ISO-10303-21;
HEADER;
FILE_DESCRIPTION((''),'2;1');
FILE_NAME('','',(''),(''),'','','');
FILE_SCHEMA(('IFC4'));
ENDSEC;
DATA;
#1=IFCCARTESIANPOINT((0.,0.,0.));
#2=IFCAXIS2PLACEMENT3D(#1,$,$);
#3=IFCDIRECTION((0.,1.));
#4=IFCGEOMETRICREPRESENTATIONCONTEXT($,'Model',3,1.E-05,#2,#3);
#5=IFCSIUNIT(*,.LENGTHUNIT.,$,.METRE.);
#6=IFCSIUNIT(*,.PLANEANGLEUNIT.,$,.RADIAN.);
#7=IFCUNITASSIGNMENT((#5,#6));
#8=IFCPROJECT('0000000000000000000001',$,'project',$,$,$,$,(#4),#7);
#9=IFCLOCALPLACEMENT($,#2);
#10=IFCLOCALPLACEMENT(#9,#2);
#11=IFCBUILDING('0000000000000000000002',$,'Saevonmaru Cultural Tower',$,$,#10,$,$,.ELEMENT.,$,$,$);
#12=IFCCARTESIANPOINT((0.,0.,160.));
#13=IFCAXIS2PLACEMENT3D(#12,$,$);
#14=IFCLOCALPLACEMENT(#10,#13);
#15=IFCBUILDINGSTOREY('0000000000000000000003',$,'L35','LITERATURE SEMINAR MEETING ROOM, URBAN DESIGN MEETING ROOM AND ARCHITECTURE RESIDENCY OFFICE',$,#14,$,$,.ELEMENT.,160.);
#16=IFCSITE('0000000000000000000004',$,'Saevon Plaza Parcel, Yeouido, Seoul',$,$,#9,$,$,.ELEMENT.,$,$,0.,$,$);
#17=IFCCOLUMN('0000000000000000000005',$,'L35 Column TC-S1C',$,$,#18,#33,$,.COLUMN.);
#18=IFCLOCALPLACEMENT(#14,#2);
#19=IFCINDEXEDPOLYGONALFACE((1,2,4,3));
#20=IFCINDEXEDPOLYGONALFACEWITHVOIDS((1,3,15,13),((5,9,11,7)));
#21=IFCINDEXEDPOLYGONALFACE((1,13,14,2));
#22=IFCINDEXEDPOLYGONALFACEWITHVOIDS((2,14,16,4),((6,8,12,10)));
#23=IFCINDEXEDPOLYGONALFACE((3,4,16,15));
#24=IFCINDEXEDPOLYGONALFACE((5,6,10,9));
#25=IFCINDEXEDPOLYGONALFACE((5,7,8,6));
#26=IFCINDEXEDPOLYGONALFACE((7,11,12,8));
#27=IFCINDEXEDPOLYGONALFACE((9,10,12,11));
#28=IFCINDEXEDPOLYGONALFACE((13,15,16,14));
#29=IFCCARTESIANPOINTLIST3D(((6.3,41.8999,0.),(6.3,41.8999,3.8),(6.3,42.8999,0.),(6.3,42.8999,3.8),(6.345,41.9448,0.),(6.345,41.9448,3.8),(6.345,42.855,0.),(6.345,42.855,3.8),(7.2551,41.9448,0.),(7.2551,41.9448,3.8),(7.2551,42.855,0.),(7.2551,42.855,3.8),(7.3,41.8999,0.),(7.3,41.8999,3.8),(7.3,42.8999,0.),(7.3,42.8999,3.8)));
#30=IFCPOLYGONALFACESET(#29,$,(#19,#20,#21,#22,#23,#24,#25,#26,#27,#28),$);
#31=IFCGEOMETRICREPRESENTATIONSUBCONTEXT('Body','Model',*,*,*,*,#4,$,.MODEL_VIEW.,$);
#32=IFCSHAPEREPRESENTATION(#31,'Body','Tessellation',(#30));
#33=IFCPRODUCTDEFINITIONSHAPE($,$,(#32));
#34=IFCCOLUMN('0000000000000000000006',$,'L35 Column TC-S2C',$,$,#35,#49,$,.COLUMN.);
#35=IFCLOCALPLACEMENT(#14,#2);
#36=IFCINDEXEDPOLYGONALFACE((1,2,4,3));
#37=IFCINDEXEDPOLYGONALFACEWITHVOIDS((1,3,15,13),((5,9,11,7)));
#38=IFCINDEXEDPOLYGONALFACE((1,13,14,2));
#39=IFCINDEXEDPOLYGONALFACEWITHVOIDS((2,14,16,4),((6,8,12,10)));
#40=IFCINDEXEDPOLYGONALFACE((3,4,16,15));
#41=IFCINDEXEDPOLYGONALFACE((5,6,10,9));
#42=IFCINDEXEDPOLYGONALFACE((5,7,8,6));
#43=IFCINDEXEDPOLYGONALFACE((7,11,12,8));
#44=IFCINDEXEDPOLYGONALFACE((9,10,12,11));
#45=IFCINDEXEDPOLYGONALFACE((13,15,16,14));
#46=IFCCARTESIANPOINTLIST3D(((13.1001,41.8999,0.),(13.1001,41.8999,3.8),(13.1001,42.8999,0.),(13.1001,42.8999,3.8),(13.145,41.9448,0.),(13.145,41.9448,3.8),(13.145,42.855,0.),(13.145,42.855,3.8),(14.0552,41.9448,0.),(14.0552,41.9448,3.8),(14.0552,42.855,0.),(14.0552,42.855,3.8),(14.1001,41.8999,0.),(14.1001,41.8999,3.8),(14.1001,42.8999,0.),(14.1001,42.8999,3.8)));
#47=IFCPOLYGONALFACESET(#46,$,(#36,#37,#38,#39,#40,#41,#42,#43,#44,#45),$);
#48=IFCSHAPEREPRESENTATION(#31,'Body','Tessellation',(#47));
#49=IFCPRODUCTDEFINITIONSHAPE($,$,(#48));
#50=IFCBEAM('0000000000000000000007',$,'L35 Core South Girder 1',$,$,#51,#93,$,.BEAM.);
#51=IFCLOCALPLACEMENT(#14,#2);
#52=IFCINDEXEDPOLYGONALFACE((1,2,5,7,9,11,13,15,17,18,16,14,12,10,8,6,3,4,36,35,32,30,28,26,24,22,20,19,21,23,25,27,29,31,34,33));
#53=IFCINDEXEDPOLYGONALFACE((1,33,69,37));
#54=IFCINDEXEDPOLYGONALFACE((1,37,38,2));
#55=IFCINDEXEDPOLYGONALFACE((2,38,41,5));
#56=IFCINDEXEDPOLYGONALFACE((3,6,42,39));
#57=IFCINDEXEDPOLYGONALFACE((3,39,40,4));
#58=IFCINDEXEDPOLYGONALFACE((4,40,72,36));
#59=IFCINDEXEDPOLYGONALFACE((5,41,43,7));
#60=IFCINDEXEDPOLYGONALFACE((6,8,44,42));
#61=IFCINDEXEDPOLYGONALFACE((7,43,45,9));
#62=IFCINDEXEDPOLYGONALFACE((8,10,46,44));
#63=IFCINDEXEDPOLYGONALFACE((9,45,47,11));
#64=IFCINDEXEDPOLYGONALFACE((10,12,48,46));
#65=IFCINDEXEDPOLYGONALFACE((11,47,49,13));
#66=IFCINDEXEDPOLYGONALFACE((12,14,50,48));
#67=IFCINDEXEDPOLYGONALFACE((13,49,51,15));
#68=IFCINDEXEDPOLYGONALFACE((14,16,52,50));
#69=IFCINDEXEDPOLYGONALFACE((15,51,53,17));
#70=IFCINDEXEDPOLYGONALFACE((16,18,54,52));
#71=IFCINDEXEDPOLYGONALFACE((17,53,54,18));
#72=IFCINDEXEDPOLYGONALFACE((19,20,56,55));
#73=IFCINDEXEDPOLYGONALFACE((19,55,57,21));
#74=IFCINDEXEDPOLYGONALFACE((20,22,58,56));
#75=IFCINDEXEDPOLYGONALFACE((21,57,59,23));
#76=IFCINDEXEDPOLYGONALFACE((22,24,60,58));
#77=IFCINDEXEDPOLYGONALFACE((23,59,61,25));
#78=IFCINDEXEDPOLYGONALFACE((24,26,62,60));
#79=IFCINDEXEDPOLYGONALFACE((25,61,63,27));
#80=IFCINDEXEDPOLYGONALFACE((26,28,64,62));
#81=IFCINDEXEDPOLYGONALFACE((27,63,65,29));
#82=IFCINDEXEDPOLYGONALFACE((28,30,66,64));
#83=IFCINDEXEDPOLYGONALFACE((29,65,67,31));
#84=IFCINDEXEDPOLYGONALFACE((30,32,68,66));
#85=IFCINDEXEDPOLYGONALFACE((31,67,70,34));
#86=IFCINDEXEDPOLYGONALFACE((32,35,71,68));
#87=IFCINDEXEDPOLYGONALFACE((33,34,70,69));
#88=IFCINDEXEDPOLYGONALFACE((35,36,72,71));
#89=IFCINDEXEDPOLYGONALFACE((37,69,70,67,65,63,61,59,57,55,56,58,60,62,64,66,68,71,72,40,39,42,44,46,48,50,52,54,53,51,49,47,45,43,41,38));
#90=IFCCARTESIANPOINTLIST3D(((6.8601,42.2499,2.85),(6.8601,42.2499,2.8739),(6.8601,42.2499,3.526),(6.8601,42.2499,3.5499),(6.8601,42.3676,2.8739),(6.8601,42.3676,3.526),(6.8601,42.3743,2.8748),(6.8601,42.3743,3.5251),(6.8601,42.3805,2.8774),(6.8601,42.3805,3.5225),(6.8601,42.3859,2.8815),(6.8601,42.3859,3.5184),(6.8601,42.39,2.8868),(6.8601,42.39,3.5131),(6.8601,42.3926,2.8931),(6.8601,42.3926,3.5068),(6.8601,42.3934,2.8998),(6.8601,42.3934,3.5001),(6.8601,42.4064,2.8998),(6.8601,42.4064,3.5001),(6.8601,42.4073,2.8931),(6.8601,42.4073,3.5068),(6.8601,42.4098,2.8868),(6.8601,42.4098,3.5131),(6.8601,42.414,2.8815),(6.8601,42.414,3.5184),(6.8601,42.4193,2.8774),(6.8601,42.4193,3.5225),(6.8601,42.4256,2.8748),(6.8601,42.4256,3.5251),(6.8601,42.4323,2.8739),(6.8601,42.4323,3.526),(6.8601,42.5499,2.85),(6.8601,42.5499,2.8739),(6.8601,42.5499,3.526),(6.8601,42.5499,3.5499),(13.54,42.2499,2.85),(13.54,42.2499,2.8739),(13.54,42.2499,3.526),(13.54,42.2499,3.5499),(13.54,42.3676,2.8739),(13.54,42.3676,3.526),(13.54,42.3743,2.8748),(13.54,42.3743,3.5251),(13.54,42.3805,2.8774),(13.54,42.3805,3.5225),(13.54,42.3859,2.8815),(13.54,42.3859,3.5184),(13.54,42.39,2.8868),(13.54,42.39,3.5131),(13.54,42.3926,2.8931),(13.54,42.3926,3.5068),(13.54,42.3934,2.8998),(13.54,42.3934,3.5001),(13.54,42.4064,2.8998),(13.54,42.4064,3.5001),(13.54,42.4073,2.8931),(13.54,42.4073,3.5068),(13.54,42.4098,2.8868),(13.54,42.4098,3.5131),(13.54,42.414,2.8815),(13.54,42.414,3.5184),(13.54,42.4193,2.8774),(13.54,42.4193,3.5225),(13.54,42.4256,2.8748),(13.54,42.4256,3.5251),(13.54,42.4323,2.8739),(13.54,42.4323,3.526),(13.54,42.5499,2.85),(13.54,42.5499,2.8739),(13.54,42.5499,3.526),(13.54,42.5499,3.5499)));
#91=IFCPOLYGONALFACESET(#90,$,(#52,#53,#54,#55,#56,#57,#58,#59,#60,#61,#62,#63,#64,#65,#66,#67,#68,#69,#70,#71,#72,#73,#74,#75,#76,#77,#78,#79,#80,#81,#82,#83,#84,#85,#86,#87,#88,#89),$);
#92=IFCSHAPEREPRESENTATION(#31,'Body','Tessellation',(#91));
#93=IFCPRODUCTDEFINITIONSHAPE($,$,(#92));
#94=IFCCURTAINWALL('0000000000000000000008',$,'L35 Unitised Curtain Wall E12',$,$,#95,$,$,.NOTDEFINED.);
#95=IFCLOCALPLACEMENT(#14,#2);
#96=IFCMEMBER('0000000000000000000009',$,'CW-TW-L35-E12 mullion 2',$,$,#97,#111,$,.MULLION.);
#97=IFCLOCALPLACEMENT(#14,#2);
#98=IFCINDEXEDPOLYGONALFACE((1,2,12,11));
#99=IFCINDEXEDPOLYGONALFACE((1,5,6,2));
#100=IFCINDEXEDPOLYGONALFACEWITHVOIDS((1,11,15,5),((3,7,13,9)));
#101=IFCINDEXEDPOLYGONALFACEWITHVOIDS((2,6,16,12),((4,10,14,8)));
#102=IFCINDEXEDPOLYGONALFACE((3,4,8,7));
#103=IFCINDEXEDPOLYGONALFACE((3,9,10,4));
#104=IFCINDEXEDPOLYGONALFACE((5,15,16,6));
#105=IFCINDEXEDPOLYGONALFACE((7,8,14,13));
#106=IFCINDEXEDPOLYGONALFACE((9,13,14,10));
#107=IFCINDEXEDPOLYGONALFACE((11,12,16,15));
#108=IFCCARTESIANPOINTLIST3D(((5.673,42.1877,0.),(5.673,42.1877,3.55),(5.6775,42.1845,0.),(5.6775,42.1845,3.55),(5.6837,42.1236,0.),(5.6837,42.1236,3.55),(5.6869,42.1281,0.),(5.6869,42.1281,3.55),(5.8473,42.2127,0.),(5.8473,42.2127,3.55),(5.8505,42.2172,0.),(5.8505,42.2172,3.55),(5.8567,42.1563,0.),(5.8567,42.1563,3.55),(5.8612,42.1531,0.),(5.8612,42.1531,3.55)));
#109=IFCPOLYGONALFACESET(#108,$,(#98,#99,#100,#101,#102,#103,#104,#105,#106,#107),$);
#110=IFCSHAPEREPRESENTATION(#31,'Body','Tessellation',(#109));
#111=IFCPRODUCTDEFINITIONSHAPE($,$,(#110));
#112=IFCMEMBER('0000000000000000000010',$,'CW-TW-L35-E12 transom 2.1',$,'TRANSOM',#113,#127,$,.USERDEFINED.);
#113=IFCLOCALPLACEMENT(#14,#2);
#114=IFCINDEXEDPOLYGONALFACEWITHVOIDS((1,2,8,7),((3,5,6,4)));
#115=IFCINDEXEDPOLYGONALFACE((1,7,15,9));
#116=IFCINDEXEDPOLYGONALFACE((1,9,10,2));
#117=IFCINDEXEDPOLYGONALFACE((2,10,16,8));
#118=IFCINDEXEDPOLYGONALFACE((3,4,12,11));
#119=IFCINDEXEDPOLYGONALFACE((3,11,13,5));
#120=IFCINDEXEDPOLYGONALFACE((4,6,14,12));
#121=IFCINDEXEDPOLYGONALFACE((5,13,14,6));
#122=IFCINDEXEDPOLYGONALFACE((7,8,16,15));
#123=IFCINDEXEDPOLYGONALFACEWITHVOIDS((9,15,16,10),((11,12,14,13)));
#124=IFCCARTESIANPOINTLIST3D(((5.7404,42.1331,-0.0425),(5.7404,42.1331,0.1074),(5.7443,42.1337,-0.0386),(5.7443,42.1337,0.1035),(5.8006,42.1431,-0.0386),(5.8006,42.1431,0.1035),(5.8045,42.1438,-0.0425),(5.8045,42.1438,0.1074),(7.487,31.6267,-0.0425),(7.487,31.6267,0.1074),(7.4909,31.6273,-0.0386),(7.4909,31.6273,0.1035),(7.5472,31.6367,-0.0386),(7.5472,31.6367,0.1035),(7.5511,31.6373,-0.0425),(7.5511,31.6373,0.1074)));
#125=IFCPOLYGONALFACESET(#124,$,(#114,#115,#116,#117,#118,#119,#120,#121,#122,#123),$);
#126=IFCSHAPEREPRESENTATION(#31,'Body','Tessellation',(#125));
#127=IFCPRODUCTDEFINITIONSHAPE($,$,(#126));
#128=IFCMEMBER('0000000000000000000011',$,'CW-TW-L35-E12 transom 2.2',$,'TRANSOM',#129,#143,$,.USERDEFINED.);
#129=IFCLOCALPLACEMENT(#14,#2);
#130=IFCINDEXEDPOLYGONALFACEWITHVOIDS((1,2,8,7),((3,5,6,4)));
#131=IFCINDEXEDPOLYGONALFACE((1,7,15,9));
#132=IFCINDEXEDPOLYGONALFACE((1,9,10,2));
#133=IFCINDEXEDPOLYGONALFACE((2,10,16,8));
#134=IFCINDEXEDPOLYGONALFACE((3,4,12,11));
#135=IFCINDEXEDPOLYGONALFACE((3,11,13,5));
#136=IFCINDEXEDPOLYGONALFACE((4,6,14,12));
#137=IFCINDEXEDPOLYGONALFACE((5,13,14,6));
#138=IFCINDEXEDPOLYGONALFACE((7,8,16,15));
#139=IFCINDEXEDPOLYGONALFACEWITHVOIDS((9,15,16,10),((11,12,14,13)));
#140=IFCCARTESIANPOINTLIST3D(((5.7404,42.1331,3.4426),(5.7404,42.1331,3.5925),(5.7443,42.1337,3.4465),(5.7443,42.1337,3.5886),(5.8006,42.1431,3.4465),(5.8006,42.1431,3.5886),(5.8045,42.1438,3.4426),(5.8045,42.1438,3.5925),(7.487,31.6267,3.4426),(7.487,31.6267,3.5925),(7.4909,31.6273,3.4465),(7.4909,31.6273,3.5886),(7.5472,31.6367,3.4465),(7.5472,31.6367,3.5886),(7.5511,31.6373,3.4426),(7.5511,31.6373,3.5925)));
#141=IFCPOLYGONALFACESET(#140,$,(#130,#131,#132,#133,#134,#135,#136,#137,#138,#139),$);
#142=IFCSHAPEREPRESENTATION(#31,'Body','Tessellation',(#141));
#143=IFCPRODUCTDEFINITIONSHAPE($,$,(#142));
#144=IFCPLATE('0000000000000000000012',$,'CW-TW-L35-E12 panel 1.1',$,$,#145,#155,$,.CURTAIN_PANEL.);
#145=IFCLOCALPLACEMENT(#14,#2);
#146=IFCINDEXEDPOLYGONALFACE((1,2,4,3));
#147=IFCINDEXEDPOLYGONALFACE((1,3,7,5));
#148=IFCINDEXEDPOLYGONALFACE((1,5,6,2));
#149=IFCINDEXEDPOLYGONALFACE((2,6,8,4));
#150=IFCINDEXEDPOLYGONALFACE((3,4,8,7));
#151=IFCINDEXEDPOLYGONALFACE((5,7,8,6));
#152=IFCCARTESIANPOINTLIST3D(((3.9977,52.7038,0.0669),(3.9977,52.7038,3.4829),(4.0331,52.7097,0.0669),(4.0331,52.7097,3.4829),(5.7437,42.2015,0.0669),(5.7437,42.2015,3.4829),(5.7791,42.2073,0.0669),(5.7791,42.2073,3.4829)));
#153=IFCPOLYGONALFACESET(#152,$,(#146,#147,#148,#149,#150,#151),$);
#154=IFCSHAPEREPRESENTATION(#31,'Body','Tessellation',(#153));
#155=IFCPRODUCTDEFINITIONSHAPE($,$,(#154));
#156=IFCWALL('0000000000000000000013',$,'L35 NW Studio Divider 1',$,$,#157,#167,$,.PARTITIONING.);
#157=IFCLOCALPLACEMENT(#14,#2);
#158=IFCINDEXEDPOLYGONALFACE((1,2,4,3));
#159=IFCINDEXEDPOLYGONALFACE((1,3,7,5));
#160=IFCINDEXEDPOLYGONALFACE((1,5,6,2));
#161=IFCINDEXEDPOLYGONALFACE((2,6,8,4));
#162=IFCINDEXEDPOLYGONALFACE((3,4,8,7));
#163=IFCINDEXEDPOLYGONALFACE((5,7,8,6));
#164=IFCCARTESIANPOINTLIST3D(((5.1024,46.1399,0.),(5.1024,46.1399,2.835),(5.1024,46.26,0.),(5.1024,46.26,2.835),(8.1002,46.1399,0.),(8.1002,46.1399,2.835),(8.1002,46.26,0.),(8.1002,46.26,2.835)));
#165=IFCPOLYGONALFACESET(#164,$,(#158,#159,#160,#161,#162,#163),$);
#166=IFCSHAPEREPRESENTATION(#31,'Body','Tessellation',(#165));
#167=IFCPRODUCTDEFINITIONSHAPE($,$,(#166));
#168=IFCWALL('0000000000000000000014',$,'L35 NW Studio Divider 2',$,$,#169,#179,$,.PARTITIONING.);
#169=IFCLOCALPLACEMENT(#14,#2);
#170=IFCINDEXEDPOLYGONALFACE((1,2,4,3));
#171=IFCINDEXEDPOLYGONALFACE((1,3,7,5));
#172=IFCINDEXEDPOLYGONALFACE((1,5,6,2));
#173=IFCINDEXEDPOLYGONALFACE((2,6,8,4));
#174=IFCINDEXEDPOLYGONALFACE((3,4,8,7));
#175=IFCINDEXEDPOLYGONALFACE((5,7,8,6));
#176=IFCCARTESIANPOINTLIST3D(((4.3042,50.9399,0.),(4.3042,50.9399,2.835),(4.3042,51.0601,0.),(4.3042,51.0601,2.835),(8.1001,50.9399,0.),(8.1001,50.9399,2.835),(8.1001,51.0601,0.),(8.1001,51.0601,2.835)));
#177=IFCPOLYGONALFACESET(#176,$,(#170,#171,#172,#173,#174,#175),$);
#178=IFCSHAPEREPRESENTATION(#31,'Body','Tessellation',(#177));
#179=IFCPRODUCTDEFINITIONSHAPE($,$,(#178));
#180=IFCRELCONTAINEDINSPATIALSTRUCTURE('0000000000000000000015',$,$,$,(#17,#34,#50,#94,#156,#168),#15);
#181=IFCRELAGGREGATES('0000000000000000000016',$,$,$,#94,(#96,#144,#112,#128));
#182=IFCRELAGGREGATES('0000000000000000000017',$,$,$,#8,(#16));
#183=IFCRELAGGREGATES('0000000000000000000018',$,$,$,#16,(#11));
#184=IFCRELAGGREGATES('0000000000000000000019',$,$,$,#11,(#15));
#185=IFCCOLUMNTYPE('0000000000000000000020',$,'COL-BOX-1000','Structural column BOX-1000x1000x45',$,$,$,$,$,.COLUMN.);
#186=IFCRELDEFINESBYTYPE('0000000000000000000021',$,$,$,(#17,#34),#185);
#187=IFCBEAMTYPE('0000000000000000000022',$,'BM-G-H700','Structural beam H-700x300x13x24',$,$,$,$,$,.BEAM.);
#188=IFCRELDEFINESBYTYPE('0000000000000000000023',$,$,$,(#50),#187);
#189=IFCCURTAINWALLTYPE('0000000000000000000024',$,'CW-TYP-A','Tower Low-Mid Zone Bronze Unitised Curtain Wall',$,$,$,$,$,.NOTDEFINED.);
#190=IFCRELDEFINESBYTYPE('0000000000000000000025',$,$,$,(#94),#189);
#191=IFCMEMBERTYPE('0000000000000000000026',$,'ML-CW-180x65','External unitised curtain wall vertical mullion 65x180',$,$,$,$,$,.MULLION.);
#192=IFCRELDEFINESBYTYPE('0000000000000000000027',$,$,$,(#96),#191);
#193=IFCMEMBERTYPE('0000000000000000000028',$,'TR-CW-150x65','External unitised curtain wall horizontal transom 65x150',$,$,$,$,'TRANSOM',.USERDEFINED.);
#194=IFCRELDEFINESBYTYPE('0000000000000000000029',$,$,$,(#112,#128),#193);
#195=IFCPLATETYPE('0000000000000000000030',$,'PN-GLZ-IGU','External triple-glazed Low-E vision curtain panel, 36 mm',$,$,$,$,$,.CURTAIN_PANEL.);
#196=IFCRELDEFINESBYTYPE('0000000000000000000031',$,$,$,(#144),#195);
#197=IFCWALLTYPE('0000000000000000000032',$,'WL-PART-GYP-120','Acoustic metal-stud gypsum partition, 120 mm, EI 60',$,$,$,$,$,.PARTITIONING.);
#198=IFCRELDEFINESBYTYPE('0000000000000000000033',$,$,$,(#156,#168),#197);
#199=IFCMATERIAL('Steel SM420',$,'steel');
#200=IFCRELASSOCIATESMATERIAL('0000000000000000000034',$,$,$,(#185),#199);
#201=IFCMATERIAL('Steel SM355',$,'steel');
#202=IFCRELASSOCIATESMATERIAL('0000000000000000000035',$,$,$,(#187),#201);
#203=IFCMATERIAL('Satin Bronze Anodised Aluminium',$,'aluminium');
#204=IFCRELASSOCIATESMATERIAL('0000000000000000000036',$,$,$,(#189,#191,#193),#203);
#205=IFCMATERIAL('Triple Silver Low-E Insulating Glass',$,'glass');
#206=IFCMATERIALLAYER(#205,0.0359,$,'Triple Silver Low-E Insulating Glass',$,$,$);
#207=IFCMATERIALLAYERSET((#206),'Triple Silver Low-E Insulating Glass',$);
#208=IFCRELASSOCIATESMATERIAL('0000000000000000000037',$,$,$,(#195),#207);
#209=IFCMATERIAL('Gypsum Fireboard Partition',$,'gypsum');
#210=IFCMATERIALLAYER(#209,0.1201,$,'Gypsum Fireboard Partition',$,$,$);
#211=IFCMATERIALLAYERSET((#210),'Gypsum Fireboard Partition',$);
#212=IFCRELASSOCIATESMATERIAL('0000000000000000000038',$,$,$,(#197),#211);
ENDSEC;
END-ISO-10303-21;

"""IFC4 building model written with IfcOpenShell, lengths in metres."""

from ifc_helpers import new_model, si_unit, direction, frame, frame_2d, origin, origin_2d, place, context, subcontext, project, spatial, rectangle, hollow_rectangle, i_section, extrude, material, layer, layer_set, material_profile, profile_set, type_object, element, aggregate, save


model = new_model("IFC4")

# Units and contexts
model_context = context("Model", 3, precision=1e-05, world=origin(), true_north=direction((0.0, 1.0)))
body_context = subcontext(model_context, "Body", "Model", "MODEL_VIEW")
ifc_project = project(units=[si_unit("LENGTHUNIT", "METRE"), si_unit("PLANEANGLEUNIT", "RADIAN")], contexts=[model_context])

# Site, building, storey
site_placement = place(None, origin())
site = spatial("IfcSite", under=ifc_project, at=site_placement, Name="Saevon Plaza Parcel, Yeouido, Seoul", CompositionType="ELEMENT", RefElevation=0.0)
building_placement = place(site_placement, origin())
building = spatial("IfcBuilding", under=site, at=building_placement, Name="Saevonmaru Cultural Tower", CompositionType="ELEMENT")
storey_placement = place(building_placement, frame((0.0, 0.0, 160.0)))
storey = spatial("IfcBuildingStorey", under=building, at=storey_placement, Name="L35", Description="LITERATURE SEMINAR MEETING ROOM, URBAN DESIGN MEETING ROOM AND ARCHITECTURE RESIDENCY OFFICE", CompositionType="ELEMENT", Elevation=160.0)

# Columns
ifc_material_1 = material(Name="Steel SM420", Category="steel")
ifc_material_profile_1 = material_profile(ifc_material_1, hollow_rectangle(XDim=1.0, YDim=1.0, WallThickness=0.0449, at=origin_2d()), Name="BOX-1000x1000x45")
ifc_profile_set_1 = profile_set([ifc_material_profile_1], Name="Steel SM420")
column_type = type_object("IfcColumnType", Name="COL-BOX-1000", Description="Structural column BOX-1000x1000x45", PredefinedType="COLUMN", material=ifc_profile_set_1)
for number, where, z_axis, x_axis, name in (
    (1, (6.8, 42.3999, 0.0), (0.0, 0.0, 1.0), (1.0, 0.0, 0.0), "L35 Column TC-S1C"),
    (2, (13.6001, 42.3999, 0.0), (0.0, 0.0, 1.0), (1.0, 0.0, 0.0), "L35 Column TC-S2C"),
):
    element("IfcColumn", number, at=place(storey_placement, frame(where, z_axis=z_axis, x_axis=x_axis)), inside=storey, type_object=column_type, Name=name, PredefinedType="COLUMN", context=body_context, shape_type="SweptSolid", body=[
        extrude(hollow_rectangle(XDim=1.0, YDim=1.0, WallThickness=0.0449, at=origin_2d()), origin(), (0.0, 0.0, 1.0), 3.8),
    ])

# Beam
ifc_material_2 = material(Name="Steel SM355", Category="steel")
ifc_material_profile_2 = material_profile(ifc_material_2, i_section(OverallWidth=0.3, OverallDepth=0.7, WebThickness=0.0129, FlangeThickness=0.0239, FilletRadius=0.0259, at=origin_2d()), Name="H-700x300x13x24")
ifc_profile_set_2 = profile_set([ifc_material_profile_2], Name="Steel SM355")
beam_type = type_object("IfcBeamType", Name="BM-G-H700", Description="Structural beam H-700x300x13x24", PredefinedType="BEAM", material=ifc_profile_set_2)
beam_placement = place(storey_placement, frame((6.8601, 42.3999, 3.2), z_axis=(1.0, 0.0, 0.0), x_axis=(0.0, 1.0, 0.0)))
element("IfcBeam", 3, at=beam_placement, inside=storey, type_object=beam_type, Name="L35 Core South Girder 1", PredefinedType="BEAM", context=body_context, shape_type="SweptSolid", body=[
    extrude(i_section(OverallWidth=0.3, OverallDepth=0.7, WebThickness=0.0129, FlangeThickness=0.0239, FilletRadius=0.0259, at=origin_2d()), origin(), (0.0, 0.0, 1.0), 6.6799),
])

# Curtain wall, members, plate
ifc_material_3 = material(Name="Satin Bronze Anodised Aluminium", Category="aluminium")
curtain_wall_type = type_object("IfcCurtainWallType", Name="CW-TYP-A", Description="Tower Low-Mid Zone Bronze Unitised Curtain Wall", PredefinedType="NOTDEFINED", material=ifc_material_3)
curtain_wall_placement = place(storey_placement, origin())
curtain_wall = element("IfcCurtainWall", 4, at=curtain_wall_placement, inside=storey, type_object=curtain_wall_type, Name="L35 Unitised Curtain Wall E12", PredefinedType="NOTDEFINED")
ifc_material_profile_3 = material_profile(ifc_material_3, hollow_rectangle(XDim=0.0649, YDim=0.1799, WallThickness=0.0039, at=origin_2d()), Name="ALU-MULL-180x65x4")
ifc_profile_set_3 = profile_set([ifc_material_profile_3], Name="Satin Bronze Anodised Aluminium")
member_type_1 = type_object("IfcMemberType", Name="ML-CW-180x65", Description="External unitised curtain wall vertical mullion 65x180", PredefinedType="MULLION", material=ifc_profile_set_3)
member_1_placement = place(storey_placement, frame((5.7671, 42.1704, 0.0), z_axis=(0.0, 0.0, 1.0), x_axis=(0.163999, -0.986461, 0.0)))
member_1 = element("IfcMember", 5, at=member_1_placement, type_object=member_type_1, Name="CW-TW-L35-E12 mullion 2", PredefinedType="MULLION", context=body_context, shape_type="SweptSolid", body=[
    extrude(hollow_rectangle(XDim=0.0649, YDim=0.1799, WallThickness=0.0039, at=origin_2d()), origin(), (0.0, 0.0, 1.0), 3.55),
])
ifc_material_profile_4 = material_profile(ifc_material_3, hollow_rectangle(XDim=0.0649, YDim=0.1499, WallThickness=0.0039, at=origin_2d()), Name="ALU-TRAN-150x65x4")
ifc_profile_set_4 = profile_set([ifc_material_profile_4], Name="Satin Bronze Anodised Aluminium")
member_type_2 = type_object("IfcMemberType", Name="TR-CW-150x65", Description="External unitised curtain wall horizontal transom 65x150", ElementType="TRANSOM", PredefinedType="USERDEFINED", material=ifc_profile_set_4)
member_2_placement = place(storey_placement, frame((5.7725, 42.1384, 0.0325), z_axis=(0.16399, -0.986462, 0.0), x_axis=(0.986462, 0.16399, 0.0)))
member_2 = element("IfcMember", 6, at=member_2_placement, type_object=member_type_2, Name="CW-TW-L35-E12 transom 2.1", ObjectType="TRANSOM", PredefinedType="USERDEFINED", context=body_context, shape_type="SweptSolid", body=[
    extrude(hollow_rectangle(XDim=0.0649, YDim=0.1499, WallThickness=0.0039, at=origin_2d()), origin(), (0.0, 0.0, 1.0), 10.6506),
])
member_3_placement = place(storey_placement, frame((5.7725, 42.1384, 3.5176), z_axis=(0.16399, -0.986462, 0.0), x_axis=(0.986462, 0.16399, 0.0)))
member_3 = element("IfcMember", 7, at=member_3_placement, type_object=member_type_2, Name="CW-TW-L35-E12 transom 2.2", ObjectType="TRANSOM", PredefinedType="USERDEFINED", context=body_context, shape_type="SweptSolid", body=[
    extrude(hollow_rectangle(XDim=0.0649, YDim=0.1499, WallThickness=0.0039, at=origin_2d()), origin(), (0.0, 0.0, 1.0), 10.6506),
])
ifc_material_4 = material(Name="Triple Silver Low-E Insulating Glass", Category="glass")
ifc_layer_1 = layer(ifc_material_4, 0.0359, Name="Triple Silver Low-E Insulating Glass")
ifc_layer_set_1 = layer_set([ifc_layer_1], Name="Triple Silver Low-E Insulating Glass")
plate_type = type_object("IfcPlateType", Name="PN-GLZ-IGU", Description="External triple-glazed Low-E vision curtain panel, 36 mm", PredefinedType="CURTAIN_PANEL", material=ifc_layer_set_1)
plate_placement = place(storey_placement, frame((4.8884, 47.4556, 0.0669), z_axis=(0.0, 0.0, 1.0), x_axis=(0.163999, -0.986461, 0.0)))
plate = element("IfcPlate", 8, at=plate_placement, type_object=plate_type, Name="CW-TW-L35-E12 panel 1.1", PredefinedType="CURTAIN_PANEL", context=body_context, shape_type="SweptSolid", body=[
    extrude(rectangle(XDim=10.6465, YDim=0.0359, at=origin_2d()), origin(), (0.0, 0.0, 1.0), 3.416),
])
aggregate(curtain_wall, [member_1, plate, member_2, member_3])

# Walls
ifc_material_5 = material(Name="Gypsum Fireboard Partition", Category="gypsum")
ifc_layer_2 = layer(ifc_material_5, 0.1201, Name="Gypsum Fireboard Partition")
ifc_layer_set_2 = layer_set([ifc_layer_2], Name="Gypsum Fireboard Partition")
wall_type_1 = type_object("IfcWallType", Name="WL-PART-GYP-120", Description="Acoustic metal-stud gypsum partition, 120 mm, EI 60", PredefinedType="PARTITIONING", material=ifc_layer_set_2)
wall_1_placement = place(storey_placement, frame((5.1023, 46.2, 0.0), z_axis=(0.0, 0.0, 1.0), x_axis=(1.0, 0.0, 0.0)))
element("IfcWall", 9, at=wall_1_placement, inside=storey, type_object=wall_type_1, Name="L35 NW Studio Divider 1", PredefinedType="PARTITIONING", context=body_context, shape_type="SweptSolid", body=[
    extrude(rectangle(XDim=2.9978, YDim=0.1201, at=frame_2d((1.499, 0.0))), origin(), (0.0, 0.0, 1.0), 2.835),
])
wall_2_placement = place(storey_placement, frame((4.3042, 51.0, 0.0), z_axis=(0.0, 0.0, 1.0), x_axis=(1.0, 0.0, 0.0)))
element("IfcWall", 10, at=wall_2_placement, inside=storey, type_object=wall_type_1, Name="L35 NW Studio Divider 2", PredefinedType="PARTITIONING", context=body_context, shape_type="SweptSolid", body=[
    extrude(rectangle(XDim=3.7959, YDim=0.1201, at=frame_2d((1.8979, 0.0))), origin(), (0.0, 0.0, 1.0), 2.835),
])

save(model, "model.ifc")
